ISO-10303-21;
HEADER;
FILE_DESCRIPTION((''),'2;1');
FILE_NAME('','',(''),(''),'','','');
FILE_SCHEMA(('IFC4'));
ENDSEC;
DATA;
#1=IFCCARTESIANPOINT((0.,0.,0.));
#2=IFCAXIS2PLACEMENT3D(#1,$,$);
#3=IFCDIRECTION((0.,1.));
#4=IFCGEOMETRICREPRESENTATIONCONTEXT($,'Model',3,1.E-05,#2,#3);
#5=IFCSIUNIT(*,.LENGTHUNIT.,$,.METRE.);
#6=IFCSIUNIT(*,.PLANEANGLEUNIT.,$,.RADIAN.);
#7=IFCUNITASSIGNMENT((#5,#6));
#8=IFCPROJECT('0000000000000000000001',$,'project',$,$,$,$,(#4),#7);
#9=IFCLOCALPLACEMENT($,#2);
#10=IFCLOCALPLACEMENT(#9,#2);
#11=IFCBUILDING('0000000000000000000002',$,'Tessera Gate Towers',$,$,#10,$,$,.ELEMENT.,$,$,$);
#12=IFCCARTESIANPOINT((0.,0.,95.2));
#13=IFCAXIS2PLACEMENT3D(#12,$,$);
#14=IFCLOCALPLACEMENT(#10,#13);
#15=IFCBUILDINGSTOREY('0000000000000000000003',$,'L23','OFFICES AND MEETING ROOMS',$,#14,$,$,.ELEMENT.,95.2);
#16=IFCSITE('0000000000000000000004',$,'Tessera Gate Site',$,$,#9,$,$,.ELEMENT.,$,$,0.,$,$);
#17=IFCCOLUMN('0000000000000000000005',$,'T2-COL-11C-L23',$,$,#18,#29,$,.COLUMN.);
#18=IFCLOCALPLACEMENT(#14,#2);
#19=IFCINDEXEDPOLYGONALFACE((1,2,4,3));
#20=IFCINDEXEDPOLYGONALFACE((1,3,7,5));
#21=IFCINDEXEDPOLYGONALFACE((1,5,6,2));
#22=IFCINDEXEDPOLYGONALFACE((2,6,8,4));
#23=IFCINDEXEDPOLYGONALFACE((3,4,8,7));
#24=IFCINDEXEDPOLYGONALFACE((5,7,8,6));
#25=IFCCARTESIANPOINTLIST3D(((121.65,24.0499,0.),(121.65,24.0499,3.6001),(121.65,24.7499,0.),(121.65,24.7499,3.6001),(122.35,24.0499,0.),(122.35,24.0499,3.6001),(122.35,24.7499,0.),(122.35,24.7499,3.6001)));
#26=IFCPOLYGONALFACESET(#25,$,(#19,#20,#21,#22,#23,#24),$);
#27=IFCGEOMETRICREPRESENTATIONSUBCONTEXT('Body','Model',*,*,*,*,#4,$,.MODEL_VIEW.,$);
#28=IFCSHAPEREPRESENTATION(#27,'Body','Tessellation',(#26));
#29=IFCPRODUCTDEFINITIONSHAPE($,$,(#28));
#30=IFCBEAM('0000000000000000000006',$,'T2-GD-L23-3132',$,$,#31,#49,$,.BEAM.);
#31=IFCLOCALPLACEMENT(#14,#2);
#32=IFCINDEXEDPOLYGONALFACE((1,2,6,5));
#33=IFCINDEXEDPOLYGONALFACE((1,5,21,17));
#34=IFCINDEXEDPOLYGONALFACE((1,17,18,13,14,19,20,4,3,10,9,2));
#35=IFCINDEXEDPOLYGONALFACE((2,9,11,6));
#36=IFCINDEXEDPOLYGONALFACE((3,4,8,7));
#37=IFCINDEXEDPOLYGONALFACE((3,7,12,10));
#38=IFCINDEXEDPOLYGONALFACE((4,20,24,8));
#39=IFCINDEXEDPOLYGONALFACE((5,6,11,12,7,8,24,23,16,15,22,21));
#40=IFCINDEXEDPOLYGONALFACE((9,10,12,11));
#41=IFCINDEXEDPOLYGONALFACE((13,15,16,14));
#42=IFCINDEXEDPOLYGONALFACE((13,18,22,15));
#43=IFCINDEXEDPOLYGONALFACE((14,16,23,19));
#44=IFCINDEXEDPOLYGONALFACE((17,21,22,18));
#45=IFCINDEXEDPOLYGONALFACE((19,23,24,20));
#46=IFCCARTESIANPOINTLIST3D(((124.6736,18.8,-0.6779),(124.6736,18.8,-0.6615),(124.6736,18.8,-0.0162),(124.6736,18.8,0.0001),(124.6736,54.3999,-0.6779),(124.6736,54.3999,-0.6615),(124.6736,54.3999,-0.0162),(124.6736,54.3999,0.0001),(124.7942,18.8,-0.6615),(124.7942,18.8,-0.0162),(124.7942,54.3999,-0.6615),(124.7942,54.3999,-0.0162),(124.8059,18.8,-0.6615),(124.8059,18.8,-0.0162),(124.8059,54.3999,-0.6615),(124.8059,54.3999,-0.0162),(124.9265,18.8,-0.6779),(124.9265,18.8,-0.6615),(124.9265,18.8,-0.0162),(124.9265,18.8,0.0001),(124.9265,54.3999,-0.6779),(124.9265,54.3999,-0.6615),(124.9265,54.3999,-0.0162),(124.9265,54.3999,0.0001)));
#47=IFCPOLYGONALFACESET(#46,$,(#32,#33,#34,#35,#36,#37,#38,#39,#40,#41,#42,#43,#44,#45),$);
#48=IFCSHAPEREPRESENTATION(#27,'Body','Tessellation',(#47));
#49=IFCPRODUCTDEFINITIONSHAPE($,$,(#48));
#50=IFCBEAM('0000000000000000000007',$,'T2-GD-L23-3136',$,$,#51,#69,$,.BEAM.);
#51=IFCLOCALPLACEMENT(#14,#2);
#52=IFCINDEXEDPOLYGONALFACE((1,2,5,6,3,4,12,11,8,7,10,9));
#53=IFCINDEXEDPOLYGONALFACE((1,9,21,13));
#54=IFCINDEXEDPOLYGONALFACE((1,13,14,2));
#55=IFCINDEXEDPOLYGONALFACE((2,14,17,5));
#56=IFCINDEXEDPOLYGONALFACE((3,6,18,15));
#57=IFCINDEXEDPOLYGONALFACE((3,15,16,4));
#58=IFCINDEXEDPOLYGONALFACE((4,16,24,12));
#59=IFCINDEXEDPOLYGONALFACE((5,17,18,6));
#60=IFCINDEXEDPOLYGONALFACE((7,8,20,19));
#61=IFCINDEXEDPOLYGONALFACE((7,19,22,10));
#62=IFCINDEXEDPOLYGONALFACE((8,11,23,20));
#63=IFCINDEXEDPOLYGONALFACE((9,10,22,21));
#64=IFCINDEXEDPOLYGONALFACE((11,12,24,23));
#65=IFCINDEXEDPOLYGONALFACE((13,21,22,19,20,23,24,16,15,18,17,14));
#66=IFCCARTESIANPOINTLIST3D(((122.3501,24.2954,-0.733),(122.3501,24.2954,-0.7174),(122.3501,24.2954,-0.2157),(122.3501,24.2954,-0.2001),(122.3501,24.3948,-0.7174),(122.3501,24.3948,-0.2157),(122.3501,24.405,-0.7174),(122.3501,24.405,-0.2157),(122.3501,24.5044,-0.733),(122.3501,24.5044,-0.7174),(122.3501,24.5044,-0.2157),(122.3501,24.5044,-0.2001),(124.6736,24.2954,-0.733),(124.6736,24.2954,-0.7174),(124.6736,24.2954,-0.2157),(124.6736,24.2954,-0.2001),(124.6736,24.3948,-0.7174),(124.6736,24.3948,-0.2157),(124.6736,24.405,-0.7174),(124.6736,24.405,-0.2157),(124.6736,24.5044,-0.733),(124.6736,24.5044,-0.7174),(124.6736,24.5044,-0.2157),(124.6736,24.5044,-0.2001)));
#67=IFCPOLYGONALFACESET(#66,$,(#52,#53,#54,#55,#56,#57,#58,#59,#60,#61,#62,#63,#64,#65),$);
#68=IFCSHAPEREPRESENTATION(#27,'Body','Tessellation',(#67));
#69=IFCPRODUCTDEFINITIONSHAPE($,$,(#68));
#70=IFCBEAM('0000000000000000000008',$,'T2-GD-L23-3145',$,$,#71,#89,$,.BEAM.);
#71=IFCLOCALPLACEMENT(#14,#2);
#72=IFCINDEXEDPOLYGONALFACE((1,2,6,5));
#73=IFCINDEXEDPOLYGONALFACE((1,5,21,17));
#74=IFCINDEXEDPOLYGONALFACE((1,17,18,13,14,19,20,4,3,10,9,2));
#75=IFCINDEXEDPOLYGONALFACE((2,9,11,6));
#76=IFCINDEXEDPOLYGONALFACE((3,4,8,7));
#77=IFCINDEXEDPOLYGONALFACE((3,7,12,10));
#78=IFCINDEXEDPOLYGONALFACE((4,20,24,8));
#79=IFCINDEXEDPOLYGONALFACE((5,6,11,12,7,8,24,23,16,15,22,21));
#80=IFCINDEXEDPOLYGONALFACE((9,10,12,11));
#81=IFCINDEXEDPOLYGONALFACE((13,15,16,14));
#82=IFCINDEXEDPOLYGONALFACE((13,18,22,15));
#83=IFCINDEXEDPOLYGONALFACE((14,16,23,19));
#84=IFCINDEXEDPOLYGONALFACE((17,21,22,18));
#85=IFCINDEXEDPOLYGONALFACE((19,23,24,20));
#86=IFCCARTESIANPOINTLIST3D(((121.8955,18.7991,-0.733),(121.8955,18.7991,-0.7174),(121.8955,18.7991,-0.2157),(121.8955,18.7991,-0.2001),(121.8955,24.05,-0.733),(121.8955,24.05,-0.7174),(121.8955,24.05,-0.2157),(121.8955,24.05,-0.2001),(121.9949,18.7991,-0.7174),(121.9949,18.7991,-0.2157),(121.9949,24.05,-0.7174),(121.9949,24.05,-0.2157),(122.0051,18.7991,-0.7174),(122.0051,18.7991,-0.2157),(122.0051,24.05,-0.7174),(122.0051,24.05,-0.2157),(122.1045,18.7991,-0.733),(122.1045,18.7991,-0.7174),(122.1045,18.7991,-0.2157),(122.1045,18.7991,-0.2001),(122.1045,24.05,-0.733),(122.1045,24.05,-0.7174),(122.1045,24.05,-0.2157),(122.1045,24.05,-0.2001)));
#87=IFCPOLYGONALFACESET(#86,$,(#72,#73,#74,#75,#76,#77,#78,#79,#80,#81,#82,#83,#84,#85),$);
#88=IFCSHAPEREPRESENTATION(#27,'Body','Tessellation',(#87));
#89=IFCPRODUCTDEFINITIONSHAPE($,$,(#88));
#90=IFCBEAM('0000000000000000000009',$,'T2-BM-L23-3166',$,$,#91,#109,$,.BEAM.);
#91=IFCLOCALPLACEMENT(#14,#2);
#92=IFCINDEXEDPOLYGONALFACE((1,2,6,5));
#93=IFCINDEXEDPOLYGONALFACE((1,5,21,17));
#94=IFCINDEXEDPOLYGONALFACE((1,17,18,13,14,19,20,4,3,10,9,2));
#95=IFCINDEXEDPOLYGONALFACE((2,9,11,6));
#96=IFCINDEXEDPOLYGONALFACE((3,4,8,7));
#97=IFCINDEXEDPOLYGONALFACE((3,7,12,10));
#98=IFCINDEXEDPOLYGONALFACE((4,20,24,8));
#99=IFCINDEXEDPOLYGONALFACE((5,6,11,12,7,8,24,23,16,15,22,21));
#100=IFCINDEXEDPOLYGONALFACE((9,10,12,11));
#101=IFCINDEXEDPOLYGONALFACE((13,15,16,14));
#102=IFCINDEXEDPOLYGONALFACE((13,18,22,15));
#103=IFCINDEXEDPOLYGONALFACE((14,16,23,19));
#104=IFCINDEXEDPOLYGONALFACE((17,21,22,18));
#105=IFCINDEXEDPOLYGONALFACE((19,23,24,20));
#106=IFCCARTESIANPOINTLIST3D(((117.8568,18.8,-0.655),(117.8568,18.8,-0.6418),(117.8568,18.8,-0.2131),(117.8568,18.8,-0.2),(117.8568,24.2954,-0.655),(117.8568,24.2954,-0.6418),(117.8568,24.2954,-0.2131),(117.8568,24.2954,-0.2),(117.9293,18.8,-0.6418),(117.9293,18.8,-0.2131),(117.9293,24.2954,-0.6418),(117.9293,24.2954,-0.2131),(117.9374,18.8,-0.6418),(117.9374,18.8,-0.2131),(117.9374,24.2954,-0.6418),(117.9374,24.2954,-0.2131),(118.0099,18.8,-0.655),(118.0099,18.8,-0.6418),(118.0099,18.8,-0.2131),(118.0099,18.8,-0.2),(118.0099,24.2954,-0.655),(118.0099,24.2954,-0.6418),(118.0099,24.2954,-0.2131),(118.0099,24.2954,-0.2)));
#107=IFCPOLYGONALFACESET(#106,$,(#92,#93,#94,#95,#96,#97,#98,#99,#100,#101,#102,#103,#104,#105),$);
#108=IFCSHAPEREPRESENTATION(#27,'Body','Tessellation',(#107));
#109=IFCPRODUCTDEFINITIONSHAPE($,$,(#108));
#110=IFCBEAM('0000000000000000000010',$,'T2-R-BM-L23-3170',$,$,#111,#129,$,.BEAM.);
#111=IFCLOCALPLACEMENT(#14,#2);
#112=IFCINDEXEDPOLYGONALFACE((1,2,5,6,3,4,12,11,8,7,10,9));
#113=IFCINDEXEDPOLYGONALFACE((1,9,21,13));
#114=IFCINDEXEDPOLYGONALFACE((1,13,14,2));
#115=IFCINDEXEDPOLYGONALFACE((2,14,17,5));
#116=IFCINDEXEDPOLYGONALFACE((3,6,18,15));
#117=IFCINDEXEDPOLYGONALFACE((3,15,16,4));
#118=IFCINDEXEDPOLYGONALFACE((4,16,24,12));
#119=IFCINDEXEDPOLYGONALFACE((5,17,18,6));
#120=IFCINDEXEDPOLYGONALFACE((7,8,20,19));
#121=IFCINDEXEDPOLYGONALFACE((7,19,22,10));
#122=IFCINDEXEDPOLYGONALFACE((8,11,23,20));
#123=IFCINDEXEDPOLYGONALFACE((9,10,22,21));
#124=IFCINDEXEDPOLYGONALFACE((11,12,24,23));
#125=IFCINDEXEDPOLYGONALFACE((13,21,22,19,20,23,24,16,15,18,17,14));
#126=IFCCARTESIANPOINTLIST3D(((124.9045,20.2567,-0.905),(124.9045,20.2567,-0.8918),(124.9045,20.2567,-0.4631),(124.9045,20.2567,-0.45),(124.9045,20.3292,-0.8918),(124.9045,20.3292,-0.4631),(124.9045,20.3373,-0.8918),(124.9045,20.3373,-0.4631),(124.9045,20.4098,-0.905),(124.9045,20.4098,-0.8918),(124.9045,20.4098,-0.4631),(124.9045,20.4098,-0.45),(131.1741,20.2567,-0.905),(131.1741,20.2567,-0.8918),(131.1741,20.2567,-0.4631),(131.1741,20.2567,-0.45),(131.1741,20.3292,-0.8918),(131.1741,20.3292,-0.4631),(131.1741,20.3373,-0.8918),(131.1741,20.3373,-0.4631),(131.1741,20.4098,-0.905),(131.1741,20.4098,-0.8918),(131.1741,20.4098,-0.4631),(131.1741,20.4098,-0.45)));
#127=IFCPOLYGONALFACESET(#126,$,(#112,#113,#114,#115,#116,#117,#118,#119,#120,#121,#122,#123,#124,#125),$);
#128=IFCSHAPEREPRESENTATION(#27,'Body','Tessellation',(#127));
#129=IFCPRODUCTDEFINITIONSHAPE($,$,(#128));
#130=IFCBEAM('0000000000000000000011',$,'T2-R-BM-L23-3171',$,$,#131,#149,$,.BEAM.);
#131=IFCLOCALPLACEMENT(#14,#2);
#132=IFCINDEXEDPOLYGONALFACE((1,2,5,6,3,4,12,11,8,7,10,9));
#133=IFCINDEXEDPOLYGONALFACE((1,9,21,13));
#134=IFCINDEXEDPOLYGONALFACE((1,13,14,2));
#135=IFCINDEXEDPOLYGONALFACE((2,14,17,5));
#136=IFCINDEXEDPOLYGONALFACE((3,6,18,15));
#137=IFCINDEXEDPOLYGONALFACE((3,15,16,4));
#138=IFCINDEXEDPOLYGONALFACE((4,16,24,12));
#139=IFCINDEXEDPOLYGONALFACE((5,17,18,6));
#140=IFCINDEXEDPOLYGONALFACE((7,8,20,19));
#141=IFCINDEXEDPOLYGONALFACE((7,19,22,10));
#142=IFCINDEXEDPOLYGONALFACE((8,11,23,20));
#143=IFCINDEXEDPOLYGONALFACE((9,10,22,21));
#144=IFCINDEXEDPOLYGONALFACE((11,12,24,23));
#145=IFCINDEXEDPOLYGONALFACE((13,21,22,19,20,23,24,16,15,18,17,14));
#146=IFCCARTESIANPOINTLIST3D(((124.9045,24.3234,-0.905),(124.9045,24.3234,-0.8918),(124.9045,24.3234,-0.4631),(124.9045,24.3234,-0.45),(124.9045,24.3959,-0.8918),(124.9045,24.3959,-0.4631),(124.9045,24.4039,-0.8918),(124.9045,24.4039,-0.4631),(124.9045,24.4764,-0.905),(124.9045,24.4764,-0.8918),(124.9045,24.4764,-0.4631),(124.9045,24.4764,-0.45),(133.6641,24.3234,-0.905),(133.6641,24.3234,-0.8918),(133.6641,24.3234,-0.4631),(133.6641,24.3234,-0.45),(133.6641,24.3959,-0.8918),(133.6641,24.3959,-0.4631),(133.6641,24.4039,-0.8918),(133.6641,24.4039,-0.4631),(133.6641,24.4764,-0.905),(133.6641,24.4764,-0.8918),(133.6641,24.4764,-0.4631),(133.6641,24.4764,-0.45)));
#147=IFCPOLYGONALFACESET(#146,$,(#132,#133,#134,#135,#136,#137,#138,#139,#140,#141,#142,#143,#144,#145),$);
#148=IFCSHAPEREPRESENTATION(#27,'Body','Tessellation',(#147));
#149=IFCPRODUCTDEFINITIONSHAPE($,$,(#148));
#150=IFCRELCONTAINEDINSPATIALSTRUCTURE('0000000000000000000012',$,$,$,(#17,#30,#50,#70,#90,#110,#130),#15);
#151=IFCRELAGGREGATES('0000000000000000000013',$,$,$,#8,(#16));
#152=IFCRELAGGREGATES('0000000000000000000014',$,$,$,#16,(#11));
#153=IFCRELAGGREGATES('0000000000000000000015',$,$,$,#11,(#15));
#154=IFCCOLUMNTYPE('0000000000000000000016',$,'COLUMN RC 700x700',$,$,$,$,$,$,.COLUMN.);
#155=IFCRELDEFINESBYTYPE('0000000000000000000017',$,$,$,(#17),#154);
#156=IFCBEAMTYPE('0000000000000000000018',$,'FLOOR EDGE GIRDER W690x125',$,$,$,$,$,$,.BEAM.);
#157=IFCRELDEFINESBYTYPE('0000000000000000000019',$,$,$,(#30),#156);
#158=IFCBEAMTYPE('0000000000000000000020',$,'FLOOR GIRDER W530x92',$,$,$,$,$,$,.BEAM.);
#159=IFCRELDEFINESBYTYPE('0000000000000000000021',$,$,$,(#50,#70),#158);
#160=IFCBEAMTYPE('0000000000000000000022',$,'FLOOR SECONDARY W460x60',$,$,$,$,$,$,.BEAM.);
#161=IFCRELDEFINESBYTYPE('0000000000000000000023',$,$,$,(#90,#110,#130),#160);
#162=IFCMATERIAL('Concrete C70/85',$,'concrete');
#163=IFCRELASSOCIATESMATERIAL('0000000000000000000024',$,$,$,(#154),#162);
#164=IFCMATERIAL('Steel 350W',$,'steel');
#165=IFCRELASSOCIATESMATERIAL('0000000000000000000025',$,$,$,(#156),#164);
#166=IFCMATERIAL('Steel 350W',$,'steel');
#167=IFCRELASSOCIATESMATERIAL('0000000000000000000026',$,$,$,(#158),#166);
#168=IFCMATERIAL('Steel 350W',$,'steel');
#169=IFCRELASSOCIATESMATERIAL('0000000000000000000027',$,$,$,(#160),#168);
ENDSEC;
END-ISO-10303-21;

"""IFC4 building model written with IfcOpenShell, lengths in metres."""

from ifc_helpers import new_model, si_unit, direction, frame, origin, origin_2d, place, context, subcontext, project, spatial, rectangle, i_section, extrude, material, material_profile, profile_set, type_object, element, save


model = new_model("IFC4")

# Units and contexts
model_context = context("Model", 3, precision=1e-05, world=origin(), true_north=direction((0.0, 1.0)))
body_context = subcontext(model_context, "Body", "Model", "MODEL_VIEW")
ifc_project = project(units=[si_unit("LENGTHUNIT", "METRE"), si_unit("PLANEANGLEUNIT", "RADIAN")], contexts=[model_context])

# Site, building, storey
site_placement = place(None, origin())
site = spatial("IfcSite", under=ifc_project, at=site_placement, Name="Tessera Gate Site", CompositionType="ELEMENT", RefElevation=0.0)
building_placement = place(site_placement, origin())
building = spatial("IfcBuilding", under=site, at=building_placement, Name="Tessera Gate Towers", CompositionType="ELEMENT")
storey_placement = place(building_placement, frame((0.0, 0.0, 95.2)))
storey = spatial("IfcBuildingStorey", under=building, at=storey_placement, Name="L23", Description="OFFICES AND MEETING ROOMS", CompositionType="ELEMENT", Elevation=95.2)

# Column
ifc_material_1 = material(Name="Concrete C70/85", Category="concrete")
ifc_material_profile_1 = material_profile(ifc_material_1, rectangle(XDim=0.7, YDim=0.7, at=origin_2d()), Name="RC 700x700")
ifc_profile_set_1 = profile_set([ifc_material_profile_1], Name="Concrete C70/85")
column_type = type_object("IfcColumnType", Name="COLUMN RC 700x700", PredefinedType="COLUMN", material=ifc_profile_set_1)
column_placement = place(storey_placement, frame((122.0, 24.3999, 0.0), z_axis=(0.0, 0.0, 1.0), x_axis=(1.0, 0.0, 0.0)))
element("IfcColumn", 1, at=column_placement, inside=storey, type_object=column_type, Name="T2-COL-11C-L23", PredefinedType="COLUMN", context=body_context, shape_type="SweptSolid", body=[
    extrude(rectangle(XDim=0.7, YDim=0.7, at=origin_2d()), origin(), (0.0, 0.0, 1.0), 3.6001),
])

# Beams
ifc_material_2 = material(Name="Steel 350W", Category="steel")
ifc_material_profile_2 = material_profile(ifc_material_2, i_section(OverallWidth=0.2529, OverallDepth=0.678, WebThickness=0.0117, FlangeThickness=0.0164, at=origin_2d()), Name="W690x125")
ifc_profile_set_2 = profile_set([ifc_material_profile_2], Name="Steel 350W")
beam_type_1 = type_object("IfcBeamType", Name="FLOOR EDGE GIRDER W690x125", PredefinedType="BEAM", material=ifc_profile_set_2)
beam_1_placement = place(storey_placement, frame((124.8, 18.8, -0.3389), z_axis=(0.0, 1.0, 0.0), x_axis=(-1.0, 0.0, 0.0)))
element("IfcBeam", 2, at=beam_1_placement, inside=storey, type_object=beam_type_1, Name="T2-GD-L23-3132", PredefinedType="BEAM", context=body_context, shape_type="SweptSolid", body=[
    extrude(i_section(OverallWidth=0.2529, OverallDepth=0.678, WebThickness=0.0117, FlangeThickness=0.0164, at=origin_2d()), origin(), (0.0, 0.0, 1.0), 35.5999),
])
ifc_material_3 = material(Name="Steel 350W", Category="steel")
ifc_material_profile_3 = material_profile(ifc_material_3, i_section(OverallWidth=0.209, OverallDepth=0.533, WebThickness=0.0103, FlangeThickness=0.0156, at=origin_2d()), Name="W530x92")
ifc_profile_set_3 = profile_set([ifc_material_profile_3], Name="Steel 350W")
beam_type_2 = type_object("IfcBeamType", Name="FLOOR GIRDER W530x92", PredefinedType="BEAM", material=ifc_profile_set_3)
beam_2_placement = place(storey_placement, frame((122.3501, 24.3999, -0.4666), z_axis=(1.0, 0.0, 0.0), x_axis=(0.0, 1.0, 0.0)))
element("IfcBeam", 3, at=beam_2_placement, inside=storey, type_object=beam_type_2, Name="T2-GD-L23-3136", PredefinedType="BEAM", context=body_context, shape_type="SweptSolid", body=[
    extrude(i_section(OverallWidth=0.209, OverallDepth=0.533, WebThickness=0.0103, FlangeThickness=0.0156, at=origin_2d()), origin(), (0.0, 0.0, 1.0), 2.3235),
])
beam_3_placement = place(storey_placement, frame((122.0, 18.7991, -0.4666), z_axis=(0.0, 1.0, 0.0), x_axis=(-1.0, 0.0, 0.0)))
element("IfcBeam", 4, at=beam_3_placement, inside=storey, type_object=beam_type_2, Name="T2-GD-L23-3145", PredefinedType="BEAM", context=body_context, shape_type="SweptSolid", body=[
    extrude(i_section(OverallWidth=0.209, OverallDepth=0.533, WebThickness=0.0103, FlangeThickness=0.0156, at=origin_2d()), origin(), (0.0, 0.0, 1.0), 5.251),
])
ifc_material_4 = material(Name="Steel 350W", Category="steel")
ifc_material_profile_4 = material_profile(ifc_material_4, i_section(OverallWidth=0.1531, OverallDepth=0.4551, WebThickness=0.0081, FlangeThickness=0.0132, at=origin_2d()), Name="W460x60")
ifc_profile_set_4 = profile_set([ifc_material_profile_4], Name="Steel 350W")
beam_type_3 = type_object("IfcBeamType", Name="FLOOR SECONDARY W460x60", PredefinedType="BEAM", material=ifc_profile_set_4)
beam_4_placement = place(storey_placement, frame((117.9333, 18.8, -0.4275), z_axis=(0.0, 1.0, 0.0), x_axis=(-1.0, 0.0, 0.0)))
element("IfcBeam", 5, at=beam_4_placement, inside=storey, type_object=beam_type_3, Name="T2-BM-L23-3166", PredefinedType="BEAM", context=body_context, shape_type="SweptSolid", body=[
    extrude(i_section(OverallWidth=0.1531, OverallDepth=0.4551, WebThickness=0.0081, FlangeThickness=0.0132, at=origin_2d()), origin(), (0.0, 0.0, 1.0), 5.4954),
])
beam_5_placement = place(storey_placement, frame((124.9045, 20.3333, -0.6775), z_axis=(1.0, 0.0, 0.0), x_axis=(0.0, 1.0, 0.0)))
element("IfcBeam", 6, at=beam_5_placement, inside=storey, type_object=beam_type_3, Name="T2-R-BM-L23-3170", PredefinedType="BEAM", context=body_context, shape_type="SweptSolid", body=[
    extrude(i_section(OverallWidth=0.1531, OverallDepth=0.4551, WebThickness=0.0081, FlangeThickness=0.0132, at=origin_2d()), origin(), (0.0, 0.0, 1.0), 6.2695),
])
beam_6_placement = place(storey_placement, frame((124.9045, 24.3999, -0.6775), z_axis=(1.0, 0.0, 0.0), x_axis=(0.0, 1.0, 0.0)))
element("IfcBeam", 7, at=beam_6_placement, inside=storey, type_object=beam_type_3, Name="T2-R-BM-L23-3171", PredefinedType="BEAM", context=body_context, shape_type="SweptSolid", body=[
    extrude(i_section(OverallWidth=0.1531, OverallDepth=0.4551, WebThickness=0.0081, FlangeThickness=0.0132, at=origin_2d()), origin(), (0.0, 0.0, 1.0), 8.7595),
])

save(model, "model.ifc")
